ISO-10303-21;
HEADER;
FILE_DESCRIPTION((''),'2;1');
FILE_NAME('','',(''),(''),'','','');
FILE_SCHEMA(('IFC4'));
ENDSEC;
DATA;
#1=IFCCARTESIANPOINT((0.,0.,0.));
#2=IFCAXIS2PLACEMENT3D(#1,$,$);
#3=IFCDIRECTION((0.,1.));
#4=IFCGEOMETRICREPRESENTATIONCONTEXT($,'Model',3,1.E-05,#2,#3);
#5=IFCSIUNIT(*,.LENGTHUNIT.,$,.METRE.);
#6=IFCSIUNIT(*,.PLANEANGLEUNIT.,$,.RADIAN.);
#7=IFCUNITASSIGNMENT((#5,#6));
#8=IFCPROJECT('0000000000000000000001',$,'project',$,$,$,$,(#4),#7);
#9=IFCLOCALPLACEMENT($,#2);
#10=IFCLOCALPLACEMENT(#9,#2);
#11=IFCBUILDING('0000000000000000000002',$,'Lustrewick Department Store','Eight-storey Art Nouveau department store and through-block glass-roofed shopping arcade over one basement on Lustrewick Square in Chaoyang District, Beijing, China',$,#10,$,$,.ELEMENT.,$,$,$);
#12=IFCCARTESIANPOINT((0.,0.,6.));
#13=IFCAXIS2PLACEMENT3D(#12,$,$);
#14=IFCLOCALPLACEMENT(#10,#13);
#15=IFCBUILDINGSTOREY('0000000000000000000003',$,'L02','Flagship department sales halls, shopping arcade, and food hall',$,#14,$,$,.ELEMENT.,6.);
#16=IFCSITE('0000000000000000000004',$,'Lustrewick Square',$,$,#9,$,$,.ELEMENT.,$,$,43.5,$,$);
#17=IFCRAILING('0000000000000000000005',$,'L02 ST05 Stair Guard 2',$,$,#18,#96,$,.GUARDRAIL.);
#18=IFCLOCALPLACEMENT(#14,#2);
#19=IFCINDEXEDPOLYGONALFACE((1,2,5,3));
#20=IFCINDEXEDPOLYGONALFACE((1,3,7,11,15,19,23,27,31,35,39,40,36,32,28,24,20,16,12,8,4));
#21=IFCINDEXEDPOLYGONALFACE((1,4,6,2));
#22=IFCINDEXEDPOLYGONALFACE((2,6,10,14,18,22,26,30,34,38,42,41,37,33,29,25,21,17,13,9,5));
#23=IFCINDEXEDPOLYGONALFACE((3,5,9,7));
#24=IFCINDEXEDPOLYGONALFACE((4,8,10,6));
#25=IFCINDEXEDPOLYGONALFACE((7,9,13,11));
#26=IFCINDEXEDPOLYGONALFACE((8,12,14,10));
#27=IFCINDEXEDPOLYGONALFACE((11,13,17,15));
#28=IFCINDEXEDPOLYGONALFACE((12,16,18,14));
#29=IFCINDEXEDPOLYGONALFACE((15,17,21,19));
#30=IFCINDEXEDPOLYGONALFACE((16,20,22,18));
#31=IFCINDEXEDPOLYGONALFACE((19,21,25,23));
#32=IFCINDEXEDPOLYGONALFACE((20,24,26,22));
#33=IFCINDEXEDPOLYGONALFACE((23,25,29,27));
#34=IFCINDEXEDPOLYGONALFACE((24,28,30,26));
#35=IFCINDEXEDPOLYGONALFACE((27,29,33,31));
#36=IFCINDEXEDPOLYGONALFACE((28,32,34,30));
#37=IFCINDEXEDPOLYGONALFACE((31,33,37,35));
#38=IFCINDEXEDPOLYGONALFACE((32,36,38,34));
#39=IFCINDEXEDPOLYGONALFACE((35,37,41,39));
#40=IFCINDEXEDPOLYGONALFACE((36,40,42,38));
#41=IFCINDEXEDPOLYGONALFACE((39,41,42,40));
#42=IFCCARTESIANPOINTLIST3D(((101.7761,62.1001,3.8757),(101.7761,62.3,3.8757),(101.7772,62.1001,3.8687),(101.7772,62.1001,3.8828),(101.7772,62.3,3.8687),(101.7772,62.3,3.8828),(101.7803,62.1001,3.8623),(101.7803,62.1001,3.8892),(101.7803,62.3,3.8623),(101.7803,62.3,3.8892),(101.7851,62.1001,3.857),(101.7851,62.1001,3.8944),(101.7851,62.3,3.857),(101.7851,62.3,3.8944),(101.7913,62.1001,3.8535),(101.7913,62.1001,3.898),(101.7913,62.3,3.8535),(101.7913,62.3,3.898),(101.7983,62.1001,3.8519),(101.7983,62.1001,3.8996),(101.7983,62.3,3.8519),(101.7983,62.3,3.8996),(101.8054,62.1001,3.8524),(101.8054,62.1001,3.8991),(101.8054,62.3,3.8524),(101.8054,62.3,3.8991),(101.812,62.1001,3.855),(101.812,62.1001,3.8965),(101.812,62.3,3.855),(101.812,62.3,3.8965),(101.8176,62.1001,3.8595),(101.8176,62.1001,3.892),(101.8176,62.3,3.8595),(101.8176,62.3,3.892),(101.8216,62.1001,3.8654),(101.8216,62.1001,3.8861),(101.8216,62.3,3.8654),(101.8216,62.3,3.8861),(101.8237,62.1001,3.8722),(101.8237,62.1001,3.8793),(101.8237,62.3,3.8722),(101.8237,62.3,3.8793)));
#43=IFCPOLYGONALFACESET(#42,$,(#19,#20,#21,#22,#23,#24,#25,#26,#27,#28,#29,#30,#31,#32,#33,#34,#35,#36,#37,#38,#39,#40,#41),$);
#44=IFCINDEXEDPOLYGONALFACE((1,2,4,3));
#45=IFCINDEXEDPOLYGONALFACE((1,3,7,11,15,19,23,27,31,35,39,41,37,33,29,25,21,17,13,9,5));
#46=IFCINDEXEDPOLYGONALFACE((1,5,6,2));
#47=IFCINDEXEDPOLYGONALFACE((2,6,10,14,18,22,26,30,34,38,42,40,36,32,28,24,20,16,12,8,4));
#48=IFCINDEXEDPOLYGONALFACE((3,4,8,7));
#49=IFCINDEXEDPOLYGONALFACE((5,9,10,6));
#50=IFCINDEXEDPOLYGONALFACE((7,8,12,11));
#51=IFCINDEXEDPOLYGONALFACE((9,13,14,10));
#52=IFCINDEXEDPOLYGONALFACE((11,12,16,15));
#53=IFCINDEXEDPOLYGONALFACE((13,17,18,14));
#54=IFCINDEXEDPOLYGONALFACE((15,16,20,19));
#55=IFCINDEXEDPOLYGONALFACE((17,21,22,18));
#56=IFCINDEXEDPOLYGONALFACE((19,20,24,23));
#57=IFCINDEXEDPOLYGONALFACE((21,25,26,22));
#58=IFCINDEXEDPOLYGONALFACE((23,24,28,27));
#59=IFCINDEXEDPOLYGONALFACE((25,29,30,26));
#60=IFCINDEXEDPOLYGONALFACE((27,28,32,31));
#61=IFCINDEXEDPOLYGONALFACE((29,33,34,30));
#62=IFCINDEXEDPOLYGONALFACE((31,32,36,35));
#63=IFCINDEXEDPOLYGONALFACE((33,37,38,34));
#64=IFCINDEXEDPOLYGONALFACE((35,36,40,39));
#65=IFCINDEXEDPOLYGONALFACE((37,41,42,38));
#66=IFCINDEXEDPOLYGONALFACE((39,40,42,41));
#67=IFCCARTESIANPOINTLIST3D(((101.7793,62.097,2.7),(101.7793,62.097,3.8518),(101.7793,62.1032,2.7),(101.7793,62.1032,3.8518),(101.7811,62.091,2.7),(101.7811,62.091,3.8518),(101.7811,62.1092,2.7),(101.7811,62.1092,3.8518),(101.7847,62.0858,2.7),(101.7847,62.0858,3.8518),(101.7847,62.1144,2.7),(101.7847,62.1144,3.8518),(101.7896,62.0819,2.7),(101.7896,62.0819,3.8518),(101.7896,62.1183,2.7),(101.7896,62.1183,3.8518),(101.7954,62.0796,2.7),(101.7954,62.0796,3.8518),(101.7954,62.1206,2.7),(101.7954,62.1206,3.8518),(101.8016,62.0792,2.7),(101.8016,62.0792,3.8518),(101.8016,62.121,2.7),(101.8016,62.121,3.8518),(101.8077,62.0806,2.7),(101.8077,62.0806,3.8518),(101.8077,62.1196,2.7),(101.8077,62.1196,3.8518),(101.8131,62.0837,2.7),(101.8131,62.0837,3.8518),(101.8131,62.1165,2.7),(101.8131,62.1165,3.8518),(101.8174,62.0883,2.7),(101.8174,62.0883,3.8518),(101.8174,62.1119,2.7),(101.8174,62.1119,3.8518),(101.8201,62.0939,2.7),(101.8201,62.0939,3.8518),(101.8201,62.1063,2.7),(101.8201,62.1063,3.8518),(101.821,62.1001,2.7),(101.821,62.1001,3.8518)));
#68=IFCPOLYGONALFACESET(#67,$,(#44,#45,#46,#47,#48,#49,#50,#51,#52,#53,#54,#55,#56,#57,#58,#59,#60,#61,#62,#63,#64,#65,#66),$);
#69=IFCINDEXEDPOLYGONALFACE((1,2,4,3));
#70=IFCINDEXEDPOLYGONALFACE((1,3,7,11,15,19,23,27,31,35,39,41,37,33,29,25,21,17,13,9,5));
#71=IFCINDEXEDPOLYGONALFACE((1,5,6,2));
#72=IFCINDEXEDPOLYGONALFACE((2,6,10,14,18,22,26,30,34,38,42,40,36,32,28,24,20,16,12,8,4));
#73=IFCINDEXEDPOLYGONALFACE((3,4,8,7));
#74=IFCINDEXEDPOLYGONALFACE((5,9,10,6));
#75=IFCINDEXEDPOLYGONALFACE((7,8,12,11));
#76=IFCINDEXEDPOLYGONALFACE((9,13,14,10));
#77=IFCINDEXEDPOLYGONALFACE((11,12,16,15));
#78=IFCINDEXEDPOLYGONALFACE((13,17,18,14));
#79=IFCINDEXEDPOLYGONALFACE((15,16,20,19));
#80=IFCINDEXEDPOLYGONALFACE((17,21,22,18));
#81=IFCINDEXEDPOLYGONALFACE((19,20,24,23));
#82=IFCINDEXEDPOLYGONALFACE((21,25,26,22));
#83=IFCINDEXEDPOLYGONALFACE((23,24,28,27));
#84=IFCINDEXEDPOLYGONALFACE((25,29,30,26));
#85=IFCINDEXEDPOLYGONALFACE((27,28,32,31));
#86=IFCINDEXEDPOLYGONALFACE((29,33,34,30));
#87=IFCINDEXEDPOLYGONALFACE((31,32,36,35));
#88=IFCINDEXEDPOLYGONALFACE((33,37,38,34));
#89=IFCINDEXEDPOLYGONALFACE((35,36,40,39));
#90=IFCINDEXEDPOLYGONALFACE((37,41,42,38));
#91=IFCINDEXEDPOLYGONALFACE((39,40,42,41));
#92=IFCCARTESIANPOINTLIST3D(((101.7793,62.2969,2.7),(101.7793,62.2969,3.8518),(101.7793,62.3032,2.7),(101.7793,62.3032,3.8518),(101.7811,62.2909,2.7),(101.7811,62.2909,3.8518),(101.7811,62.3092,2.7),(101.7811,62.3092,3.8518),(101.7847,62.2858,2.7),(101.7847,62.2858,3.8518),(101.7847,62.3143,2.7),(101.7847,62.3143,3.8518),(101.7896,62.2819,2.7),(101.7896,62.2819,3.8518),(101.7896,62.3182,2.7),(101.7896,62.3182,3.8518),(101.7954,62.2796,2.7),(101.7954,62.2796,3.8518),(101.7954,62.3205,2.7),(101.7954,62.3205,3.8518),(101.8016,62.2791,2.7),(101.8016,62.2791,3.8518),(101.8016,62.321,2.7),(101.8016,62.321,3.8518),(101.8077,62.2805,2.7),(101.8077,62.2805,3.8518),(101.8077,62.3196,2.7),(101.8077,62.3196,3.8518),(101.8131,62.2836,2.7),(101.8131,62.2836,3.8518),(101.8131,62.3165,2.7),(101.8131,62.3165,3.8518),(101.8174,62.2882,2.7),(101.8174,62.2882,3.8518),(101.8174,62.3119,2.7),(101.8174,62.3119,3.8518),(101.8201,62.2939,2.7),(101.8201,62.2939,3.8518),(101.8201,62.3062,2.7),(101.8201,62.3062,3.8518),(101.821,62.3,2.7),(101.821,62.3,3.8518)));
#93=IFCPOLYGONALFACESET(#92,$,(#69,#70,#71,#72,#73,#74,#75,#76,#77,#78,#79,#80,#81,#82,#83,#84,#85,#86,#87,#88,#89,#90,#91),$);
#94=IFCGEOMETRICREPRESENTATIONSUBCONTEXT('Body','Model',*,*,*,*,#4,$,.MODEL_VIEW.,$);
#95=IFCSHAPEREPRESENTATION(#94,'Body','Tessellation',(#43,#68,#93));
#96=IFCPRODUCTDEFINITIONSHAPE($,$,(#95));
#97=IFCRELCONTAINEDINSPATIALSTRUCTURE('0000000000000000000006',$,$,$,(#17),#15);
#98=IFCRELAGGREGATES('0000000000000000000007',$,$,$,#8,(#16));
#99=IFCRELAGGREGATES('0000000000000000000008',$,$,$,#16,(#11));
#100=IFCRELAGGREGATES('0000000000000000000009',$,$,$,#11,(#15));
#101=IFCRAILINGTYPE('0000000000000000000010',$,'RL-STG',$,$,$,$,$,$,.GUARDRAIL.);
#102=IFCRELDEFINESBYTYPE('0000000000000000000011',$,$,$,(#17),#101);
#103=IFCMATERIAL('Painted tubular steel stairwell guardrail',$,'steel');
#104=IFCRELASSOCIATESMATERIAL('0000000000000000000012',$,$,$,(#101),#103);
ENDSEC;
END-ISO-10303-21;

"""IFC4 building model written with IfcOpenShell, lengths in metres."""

from ifc_helpers import new_model, si_unit, direction, frame, origin, origin_2d, place, context, subcontext, project, spatial, circle, extrude, material, type_object, element, save


model = new_model("IFC4")

# Units and contexts
model_context = context("Model", 3, precision=1e-05, world=origin(), true_north=direction((0.0, 1.0)))
body_context = subcontext(model_context, "Body", "Model", "MODEL_VIEW")
ifc_project = project(units=[si_unit("LENGTHUNIT", "METRE"), si_unit("PLANEANGLEUNIT", "RADIAN")], contexts=[model_context])

# Site, building, storey
site_placement = place(None, origin())
site = spatial("IfcSite", under=ifc_project, at=site_placement, Name="Lustrewick Square", CompositionType="ELEMENT", RefElevation=43.5)
building_placement = place(site_placement, origin())
building = spatial("IfcBuilding", under=site, at=building_placement, Name="Lustrewick Department Store", Description="Eight-storey Art Nouveau department store and through-block glass-roofed shopping arcade over one basement on Lustrewick Square in Chaoyang District, Beijing, China", CompositionType="ELEMENT")
storey_placement = place(building_placement, frame((0.0, 0.0, 6.0)))
storey = spatial("IfcBuildingStorey", under=building, at=storey_placement, Name="L02", Description="Flagship department sales halls, shopping arcade, and food hall", CompositionType="ELEMENT", Elevation=6.0)

# Railing
ifc_material_1 = material(Name="Painted tubular steel stairwell guardrail", Category="steel")
railing_type_1 = type_object("IfcRailingType", Name="RL-STG", PredefinedType="GUARDRAIL", material=ifc_material_1)
railing_1_placement = place(storey_placement, frame((101.8, 62.1001, 2.7)))
element("IfcRailing", 1, at=railing_1_placement, inside=storey, type_object=railing_type_1, Name="L02 ST05 Stair Guard 2", PredefinedType="GUARDRAIL", context=body_context, shape_type="SweptSolid", body=[
    extrude(circle(Radius=0.0239, at=origin_2d()), frame((0.0, 0.0, 1.1758), z_axis=(0.0, 1.0, 0.0), x_axis=(-1.0, 0.0, 0.0)), (0.0, 0.0, 1.0), 0.2),
    extrude(circle(Radius=0.021, at=origin_2d()), origin(), (0.0, 0.0, 1.0), 1.1519),
    extrude(circle(Radius=0.021, at=origin_2d()), frame((0.0, 0.2, 0.0)), (0.0, 0.0, 1.0), 1.1519),
])

save(model, "model.ifc")
